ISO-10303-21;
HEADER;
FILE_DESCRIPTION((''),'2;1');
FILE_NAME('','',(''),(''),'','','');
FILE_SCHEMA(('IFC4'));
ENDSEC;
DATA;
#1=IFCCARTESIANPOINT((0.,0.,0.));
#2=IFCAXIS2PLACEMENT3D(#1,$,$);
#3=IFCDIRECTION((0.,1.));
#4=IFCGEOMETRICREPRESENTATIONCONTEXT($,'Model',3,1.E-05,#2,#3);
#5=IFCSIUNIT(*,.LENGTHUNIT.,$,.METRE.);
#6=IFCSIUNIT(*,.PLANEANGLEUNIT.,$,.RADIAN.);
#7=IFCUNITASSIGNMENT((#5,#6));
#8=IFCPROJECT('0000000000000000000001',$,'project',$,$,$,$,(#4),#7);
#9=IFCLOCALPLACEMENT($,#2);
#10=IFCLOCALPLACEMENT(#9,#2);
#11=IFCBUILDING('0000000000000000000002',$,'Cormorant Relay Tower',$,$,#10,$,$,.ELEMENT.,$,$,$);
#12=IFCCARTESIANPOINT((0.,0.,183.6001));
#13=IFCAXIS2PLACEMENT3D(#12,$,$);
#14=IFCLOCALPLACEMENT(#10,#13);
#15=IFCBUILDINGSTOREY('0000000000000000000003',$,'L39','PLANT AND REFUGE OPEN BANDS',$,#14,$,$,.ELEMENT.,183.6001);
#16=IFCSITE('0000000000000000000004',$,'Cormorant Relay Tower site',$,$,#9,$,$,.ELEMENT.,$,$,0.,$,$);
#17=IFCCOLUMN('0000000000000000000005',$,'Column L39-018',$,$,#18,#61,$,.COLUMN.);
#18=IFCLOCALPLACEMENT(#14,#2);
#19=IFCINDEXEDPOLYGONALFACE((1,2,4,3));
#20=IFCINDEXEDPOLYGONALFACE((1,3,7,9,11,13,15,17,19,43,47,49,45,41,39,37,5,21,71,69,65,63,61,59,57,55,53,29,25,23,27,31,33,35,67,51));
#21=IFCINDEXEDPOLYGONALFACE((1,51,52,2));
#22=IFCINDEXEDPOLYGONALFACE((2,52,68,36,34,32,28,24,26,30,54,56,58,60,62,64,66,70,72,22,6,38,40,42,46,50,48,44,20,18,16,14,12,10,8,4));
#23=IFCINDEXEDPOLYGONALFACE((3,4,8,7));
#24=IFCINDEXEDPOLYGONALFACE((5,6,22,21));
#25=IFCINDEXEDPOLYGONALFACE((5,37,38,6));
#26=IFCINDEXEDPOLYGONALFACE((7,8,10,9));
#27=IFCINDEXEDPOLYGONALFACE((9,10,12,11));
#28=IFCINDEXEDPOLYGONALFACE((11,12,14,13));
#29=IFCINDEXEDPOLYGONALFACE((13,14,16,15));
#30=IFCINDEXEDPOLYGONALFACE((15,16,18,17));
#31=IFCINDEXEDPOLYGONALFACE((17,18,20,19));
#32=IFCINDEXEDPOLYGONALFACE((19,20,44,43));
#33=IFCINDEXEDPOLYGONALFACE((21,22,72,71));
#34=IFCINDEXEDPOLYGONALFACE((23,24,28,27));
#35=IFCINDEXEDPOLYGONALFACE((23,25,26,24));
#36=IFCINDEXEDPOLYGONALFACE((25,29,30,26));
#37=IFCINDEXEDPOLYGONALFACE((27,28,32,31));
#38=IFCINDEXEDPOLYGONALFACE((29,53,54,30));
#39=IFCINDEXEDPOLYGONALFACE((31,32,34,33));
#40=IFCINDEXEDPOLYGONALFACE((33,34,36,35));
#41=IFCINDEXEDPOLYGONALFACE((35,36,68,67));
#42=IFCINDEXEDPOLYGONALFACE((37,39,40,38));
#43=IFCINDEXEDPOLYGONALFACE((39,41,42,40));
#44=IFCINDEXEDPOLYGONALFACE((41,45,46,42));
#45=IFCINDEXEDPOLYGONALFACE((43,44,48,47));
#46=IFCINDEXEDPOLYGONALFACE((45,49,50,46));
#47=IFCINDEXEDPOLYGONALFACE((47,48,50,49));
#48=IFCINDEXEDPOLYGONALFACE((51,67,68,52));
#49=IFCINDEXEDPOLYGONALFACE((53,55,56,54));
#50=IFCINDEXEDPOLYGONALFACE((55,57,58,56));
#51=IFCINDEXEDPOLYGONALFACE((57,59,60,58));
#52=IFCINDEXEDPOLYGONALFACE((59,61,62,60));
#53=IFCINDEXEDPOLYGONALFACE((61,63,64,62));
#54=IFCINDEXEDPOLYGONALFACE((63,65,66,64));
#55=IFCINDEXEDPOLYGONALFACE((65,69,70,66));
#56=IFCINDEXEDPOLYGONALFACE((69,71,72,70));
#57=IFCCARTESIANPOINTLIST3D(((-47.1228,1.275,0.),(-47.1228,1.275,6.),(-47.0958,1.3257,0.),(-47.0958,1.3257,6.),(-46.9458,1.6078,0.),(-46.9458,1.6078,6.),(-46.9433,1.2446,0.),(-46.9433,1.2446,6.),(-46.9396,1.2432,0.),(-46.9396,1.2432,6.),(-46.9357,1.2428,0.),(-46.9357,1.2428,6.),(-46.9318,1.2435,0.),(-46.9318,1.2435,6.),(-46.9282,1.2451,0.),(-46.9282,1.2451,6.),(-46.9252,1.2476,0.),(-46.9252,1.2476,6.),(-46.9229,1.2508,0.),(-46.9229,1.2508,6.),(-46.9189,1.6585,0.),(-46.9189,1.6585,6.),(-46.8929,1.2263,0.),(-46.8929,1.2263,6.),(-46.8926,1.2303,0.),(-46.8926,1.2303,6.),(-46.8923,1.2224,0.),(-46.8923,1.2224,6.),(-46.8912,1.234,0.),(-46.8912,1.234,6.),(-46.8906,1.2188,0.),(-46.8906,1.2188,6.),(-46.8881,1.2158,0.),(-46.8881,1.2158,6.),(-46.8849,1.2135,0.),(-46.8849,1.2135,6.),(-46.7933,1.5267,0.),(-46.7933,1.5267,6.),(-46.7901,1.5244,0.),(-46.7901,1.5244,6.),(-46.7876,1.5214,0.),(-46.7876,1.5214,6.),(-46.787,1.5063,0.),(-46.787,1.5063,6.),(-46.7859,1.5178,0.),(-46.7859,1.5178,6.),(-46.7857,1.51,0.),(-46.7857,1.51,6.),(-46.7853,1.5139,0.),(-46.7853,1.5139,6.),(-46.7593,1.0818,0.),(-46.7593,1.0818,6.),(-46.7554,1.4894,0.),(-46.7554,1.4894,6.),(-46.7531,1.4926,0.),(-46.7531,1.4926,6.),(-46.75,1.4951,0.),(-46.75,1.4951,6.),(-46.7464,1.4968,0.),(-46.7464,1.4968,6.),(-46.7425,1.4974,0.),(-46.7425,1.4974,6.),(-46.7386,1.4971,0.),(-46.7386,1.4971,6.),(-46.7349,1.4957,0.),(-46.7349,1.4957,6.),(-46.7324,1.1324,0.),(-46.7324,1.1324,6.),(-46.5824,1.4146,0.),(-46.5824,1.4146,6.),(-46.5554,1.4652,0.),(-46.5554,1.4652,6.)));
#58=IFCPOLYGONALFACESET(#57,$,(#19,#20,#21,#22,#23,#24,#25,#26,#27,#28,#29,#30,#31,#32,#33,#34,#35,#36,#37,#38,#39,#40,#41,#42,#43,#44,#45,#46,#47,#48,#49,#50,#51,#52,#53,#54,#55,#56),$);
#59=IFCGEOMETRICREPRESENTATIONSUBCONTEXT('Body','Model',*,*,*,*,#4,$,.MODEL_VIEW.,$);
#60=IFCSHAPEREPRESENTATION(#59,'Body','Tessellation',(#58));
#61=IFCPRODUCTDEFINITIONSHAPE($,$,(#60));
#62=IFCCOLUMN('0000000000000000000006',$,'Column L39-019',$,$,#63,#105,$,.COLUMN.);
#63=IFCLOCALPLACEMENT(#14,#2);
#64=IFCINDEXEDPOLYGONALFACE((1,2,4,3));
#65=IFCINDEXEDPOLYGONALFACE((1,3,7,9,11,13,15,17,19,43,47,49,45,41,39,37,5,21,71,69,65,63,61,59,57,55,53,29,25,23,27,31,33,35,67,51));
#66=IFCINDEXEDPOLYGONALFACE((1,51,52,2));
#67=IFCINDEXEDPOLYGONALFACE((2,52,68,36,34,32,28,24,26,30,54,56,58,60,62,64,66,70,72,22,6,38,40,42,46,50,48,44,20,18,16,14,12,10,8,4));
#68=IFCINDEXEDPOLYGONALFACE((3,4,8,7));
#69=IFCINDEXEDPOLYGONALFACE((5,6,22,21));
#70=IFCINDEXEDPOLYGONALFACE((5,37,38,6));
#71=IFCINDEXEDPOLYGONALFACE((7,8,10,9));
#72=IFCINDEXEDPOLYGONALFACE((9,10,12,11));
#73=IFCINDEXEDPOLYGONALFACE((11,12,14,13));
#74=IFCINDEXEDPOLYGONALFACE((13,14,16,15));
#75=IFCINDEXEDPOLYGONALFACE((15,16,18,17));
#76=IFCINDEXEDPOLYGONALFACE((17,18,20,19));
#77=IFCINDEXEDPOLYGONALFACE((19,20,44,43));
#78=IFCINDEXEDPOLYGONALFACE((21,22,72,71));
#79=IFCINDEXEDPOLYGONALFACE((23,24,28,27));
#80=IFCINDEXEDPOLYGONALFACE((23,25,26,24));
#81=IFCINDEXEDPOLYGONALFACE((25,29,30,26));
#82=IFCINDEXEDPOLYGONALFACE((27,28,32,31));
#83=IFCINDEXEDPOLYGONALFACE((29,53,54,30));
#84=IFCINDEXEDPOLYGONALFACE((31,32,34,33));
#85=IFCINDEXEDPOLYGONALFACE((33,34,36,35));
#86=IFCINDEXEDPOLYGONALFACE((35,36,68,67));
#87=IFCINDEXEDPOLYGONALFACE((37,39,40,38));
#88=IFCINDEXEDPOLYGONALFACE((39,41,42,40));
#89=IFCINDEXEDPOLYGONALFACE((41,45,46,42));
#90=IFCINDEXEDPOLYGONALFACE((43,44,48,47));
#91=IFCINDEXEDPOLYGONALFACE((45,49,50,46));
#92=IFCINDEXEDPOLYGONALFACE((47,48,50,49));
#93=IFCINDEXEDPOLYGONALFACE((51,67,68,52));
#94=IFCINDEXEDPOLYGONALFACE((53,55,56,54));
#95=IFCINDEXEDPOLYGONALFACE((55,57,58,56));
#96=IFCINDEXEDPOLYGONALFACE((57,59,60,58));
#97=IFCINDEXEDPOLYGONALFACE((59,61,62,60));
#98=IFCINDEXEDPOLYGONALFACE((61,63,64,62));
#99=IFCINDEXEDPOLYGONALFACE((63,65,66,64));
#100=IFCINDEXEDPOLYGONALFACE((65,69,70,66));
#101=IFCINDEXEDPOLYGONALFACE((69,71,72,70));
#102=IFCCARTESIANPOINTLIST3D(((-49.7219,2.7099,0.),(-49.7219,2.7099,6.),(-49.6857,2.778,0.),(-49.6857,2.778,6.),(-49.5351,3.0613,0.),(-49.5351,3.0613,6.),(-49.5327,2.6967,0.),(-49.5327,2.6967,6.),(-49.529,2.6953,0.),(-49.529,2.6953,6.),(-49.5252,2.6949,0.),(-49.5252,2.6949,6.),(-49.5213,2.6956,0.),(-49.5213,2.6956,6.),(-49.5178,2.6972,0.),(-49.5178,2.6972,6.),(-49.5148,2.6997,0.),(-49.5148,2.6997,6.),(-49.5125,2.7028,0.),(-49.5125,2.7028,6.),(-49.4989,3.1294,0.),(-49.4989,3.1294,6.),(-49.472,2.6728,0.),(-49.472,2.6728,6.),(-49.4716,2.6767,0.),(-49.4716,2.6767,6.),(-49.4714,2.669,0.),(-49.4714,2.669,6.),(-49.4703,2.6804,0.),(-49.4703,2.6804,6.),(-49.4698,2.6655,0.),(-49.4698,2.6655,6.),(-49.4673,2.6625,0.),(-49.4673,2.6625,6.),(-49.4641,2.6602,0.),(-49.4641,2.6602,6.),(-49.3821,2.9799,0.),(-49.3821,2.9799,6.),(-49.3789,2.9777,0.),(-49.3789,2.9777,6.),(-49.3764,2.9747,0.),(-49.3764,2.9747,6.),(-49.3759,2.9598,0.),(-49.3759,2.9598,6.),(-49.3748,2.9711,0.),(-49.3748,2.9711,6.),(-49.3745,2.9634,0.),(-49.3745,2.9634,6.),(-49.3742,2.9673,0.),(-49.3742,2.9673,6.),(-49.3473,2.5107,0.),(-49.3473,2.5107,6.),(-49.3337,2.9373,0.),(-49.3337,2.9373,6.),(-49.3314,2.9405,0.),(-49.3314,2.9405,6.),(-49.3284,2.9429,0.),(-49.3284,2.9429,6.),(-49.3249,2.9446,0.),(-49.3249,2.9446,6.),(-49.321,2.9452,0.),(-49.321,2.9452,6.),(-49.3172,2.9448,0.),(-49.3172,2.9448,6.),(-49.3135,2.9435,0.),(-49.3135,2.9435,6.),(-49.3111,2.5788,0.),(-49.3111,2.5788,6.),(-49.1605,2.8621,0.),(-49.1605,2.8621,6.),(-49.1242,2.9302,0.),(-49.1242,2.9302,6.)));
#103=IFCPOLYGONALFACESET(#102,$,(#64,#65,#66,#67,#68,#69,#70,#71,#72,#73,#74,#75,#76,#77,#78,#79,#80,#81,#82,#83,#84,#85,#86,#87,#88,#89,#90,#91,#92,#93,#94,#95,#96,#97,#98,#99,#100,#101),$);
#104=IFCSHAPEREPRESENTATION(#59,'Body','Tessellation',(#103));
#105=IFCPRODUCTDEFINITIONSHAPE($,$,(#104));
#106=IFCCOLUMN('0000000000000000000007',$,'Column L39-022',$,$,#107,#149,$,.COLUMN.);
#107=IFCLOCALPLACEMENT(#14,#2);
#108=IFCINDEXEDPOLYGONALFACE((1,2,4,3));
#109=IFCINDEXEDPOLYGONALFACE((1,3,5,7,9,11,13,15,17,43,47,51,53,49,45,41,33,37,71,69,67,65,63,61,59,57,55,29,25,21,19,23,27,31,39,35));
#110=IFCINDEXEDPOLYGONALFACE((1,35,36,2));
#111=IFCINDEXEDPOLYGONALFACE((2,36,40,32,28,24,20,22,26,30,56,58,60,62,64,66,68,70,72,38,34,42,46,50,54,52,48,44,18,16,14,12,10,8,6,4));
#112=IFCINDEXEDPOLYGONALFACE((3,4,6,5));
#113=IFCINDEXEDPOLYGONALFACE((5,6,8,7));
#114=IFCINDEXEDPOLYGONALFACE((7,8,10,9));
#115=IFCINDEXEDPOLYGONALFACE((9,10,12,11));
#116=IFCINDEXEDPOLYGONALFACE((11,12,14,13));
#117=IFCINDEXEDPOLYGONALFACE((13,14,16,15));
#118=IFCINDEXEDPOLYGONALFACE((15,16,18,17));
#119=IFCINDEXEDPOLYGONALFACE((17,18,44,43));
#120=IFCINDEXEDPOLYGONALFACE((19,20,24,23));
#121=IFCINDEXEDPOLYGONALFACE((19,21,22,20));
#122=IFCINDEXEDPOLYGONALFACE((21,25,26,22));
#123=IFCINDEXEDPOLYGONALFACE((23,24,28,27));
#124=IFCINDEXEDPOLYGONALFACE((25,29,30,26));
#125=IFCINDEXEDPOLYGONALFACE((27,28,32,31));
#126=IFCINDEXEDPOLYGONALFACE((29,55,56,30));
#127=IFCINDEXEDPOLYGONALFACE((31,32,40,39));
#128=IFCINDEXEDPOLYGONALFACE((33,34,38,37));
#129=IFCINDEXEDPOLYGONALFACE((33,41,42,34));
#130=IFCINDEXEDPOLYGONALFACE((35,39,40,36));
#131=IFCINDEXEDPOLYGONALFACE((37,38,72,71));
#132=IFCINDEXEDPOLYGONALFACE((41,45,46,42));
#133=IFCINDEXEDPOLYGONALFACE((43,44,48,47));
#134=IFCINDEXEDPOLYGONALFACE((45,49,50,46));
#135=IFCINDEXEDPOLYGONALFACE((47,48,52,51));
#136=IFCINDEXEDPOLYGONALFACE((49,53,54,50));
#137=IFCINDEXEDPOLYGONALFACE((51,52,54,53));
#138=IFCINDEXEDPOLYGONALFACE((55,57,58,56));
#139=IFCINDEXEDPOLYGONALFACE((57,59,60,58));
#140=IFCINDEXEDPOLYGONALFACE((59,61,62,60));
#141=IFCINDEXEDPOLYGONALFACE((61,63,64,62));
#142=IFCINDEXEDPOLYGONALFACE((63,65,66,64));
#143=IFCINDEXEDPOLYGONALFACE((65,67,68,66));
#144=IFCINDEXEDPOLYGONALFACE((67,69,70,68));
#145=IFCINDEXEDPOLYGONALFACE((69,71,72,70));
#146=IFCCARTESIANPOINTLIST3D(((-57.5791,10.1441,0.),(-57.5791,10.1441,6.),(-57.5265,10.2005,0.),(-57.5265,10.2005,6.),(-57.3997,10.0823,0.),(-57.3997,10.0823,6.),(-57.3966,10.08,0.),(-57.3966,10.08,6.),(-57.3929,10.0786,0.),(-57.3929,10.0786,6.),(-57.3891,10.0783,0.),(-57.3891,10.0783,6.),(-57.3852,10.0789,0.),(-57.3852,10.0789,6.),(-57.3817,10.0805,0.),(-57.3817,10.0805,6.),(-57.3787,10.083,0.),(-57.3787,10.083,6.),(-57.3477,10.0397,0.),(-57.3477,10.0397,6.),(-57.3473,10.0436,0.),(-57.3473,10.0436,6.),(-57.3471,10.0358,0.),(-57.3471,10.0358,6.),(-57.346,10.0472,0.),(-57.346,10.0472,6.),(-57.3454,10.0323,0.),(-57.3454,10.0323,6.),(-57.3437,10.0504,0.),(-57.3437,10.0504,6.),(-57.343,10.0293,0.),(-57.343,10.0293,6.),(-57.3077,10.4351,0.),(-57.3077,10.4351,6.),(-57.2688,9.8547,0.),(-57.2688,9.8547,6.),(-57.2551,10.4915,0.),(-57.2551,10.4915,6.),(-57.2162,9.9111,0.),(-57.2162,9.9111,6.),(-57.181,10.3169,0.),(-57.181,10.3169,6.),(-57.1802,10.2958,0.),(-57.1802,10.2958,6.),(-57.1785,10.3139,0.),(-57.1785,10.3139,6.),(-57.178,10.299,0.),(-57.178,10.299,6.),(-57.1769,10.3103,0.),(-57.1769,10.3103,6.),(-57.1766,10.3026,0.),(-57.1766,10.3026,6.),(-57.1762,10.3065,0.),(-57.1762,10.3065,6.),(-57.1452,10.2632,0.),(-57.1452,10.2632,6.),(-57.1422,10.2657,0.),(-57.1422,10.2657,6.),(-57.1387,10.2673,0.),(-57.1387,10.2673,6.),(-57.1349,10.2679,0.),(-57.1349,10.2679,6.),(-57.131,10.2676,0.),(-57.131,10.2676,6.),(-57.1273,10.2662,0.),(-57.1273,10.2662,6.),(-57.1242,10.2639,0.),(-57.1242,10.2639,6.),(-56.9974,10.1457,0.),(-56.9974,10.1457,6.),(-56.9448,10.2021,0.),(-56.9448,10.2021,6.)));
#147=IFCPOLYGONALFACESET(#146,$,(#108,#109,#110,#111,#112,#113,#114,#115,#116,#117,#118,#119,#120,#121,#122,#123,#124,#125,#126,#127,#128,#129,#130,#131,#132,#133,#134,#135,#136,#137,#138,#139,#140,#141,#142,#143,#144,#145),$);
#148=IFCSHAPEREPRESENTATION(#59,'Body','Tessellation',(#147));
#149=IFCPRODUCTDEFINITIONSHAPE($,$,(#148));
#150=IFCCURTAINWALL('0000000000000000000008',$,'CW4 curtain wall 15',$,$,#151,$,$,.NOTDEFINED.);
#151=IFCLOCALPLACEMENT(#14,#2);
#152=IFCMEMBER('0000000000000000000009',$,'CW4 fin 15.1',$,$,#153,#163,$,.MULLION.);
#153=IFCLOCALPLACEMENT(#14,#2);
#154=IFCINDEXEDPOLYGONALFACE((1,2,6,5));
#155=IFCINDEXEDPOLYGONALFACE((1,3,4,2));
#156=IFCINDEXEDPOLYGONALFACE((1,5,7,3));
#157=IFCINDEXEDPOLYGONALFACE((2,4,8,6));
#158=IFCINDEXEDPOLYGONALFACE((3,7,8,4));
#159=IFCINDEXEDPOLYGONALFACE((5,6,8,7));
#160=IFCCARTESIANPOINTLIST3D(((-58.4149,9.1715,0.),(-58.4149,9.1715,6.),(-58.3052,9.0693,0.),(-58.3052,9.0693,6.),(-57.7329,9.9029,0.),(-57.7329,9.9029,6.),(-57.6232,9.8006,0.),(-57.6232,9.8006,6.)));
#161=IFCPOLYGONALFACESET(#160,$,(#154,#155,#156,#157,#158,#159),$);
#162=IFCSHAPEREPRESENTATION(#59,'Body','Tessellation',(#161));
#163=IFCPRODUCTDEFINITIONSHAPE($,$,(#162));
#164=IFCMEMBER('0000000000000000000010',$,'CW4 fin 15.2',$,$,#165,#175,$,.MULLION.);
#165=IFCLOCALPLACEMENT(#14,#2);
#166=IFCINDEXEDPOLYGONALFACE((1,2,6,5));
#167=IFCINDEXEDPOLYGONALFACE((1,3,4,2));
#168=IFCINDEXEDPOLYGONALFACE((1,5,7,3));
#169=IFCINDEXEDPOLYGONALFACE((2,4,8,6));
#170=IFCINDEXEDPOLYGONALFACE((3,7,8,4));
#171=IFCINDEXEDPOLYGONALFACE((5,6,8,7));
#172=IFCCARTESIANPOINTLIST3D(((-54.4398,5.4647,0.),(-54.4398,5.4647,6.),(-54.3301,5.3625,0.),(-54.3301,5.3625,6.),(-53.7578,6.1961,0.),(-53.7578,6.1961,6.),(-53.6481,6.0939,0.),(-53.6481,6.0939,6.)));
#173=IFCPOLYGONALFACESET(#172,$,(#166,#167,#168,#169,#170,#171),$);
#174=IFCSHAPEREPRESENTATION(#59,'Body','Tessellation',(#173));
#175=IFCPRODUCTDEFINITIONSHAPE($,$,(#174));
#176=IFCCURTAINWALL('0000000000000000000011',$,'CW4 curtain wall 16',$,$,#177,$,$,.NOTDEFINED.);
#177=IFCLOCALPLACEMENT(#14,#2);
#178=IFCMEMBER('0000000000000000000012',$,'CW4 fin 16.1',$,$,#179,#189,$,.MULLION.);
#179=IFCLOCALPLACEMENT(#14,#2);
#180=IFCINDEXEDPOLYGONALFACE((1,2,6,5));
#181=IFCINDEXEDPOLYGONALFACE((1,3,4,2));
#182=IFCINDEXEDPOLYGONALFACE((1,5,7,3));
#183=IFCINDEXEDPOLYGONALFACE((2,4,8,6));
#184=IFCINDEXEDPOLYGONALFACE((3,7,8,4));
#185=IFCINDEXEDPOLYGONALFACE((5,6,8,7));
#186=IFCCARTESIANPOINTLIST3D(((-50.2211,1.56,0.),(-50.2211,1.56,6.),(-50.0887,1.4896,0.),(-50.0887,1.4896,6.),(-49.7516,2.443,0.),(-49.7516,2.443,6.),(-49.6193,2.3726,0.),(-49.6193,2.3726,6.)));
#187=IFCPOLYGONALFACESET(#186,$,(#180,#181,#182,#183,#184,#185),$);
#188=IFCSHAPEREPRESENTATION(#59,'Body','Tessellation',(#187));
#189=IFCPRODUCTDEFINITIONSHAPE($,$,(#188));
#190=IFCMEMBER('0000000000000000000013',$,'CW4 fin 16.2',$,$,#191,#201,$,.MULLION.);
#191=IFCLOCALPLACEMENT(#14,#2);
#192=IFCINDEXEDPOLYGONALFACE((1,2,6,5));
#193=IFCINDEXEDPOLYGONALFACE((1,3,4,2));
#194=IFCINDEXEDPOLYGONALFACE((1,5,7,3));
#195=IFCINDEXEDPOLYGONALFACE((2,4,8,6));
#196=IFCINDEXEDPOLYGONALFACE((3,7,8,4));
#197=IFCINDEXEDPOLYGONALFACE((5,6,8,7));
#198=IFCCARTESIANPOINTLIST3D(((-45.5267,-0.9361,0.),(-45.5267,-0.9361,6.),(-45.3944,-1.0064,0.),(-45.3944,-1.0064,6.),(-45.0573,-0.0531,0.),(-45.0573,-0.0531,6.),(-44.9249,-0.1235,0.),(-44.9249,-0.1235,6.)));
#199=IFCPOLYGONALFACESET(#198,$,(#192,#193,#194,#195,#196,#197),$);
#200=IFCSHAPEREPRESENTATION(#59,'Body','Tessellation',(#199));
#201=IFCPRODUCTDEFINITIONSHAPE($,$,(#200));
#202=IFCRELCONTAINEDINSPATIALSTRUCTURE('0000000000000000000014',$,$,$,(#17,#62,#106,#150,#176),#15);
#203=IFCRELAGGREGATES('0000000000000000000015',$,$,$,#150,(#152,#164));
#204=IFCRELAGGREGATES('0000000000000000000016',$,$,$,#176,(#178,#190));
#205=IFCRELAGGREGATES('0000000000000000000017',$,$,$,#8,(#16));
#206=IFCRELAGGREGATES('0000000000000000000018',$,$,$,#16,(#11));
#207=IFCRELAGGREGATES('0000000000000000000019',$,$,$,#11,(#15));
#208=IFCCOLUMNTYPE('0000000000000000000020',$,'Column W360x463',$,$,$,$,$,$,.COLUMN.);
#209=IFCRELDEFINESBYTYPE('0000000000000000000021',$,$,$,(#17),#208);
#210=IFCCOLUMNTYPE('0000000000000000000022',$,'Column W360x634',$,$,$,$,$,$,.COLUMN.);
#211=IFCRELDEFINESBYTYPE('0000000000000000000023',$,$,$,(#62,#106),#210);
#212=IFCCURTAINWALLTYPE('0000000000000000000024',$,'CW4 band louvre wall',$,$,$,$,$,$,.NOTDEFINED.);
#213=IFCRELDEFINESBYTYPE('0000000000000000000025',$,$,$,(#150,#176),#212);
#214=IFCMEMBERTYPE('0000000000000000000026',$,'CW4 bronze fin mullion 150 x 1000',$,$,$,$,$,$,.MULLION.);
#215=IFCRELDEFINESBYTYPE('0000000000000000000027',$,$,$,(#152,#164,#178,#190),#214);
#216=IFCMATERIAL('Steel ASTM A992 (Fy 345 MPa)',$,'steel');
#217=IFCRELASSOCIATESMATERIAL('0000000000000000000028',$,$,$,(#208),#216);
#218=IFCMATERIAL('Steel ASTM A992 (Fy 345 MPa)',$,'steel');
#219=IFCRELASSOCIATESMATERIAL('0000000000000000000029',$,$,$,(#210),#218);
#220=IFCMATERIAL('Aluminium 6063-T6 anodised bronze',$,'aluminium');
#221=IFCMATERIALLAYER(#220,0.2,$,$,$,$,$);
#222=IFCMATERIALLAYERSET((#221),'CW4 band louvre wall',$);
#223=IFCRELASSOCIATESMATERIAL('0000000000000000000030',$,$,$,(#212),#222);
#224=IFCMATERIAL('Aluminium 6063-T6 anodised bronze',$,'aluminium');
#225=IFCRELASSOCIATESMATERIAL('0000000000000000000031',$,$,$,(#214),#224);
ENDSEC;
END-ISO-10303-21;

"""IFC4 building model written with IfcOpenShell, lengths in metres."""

from ifc_helpers import new_model, si_unit, direction, frame, origin, origin_2d, place, context, subcontext, project, spatial, rectangle, i_section, extrude, material, layer, layer_set, material_profile, profile_set, type_object, element, aggregate, save


model = new_model("IFC4")

# Units and contexts
model_context = context("Model", 3, precision=1e-05, world=origin(), true_north=direction((0.0, 1.0)))
body_context = subcontext(model_context, "Body", "Model", "MODEL_VIEW")
ifc_project = project(units=[si_unit("LENGTHUNIT", "METRE"), si_unit("PLANEANGLEUNIT", "RADIAN")], contexts=[model_context])

# Site, building, storey
site_placement = place(None, origin())
site = spatial("IfcSite", under=ifc_project, at=site_placement, Name="Cormorant Relay Tower site", CompositionType="ELEMENT", RefElevation=0.0)
building_placement = place(site_placement, origin())
building = spatial("IfcBuilding", under=site, at=building_placement, Name="Cormorant Relay Tower", CompositionType="ELEMENT")
storey_placement = place(building_placement, frame((0.0, 0.0, 183.6001)))
storey = spatial("IfcBuildingStorey", under=building, at=storey_placement, Name="L39", Description="PLANT AND REFUGE OPEN BANDS", CompositionType="ELEMENT", Elevation=183.6001)

# Columns
ifc_material_1 = material(Name="Steel ASTM A992 (Fy 345 MPa)", Category="steel")
ifc_material_profile_1 = material_profile(ifc_material_1, i_section(OverallWidth=0.4116, OverallDepth=0.4343, WebThickness=0.0359, FlangeThickness=0.0574, FilletRadius=0.0151, at=origin_2d()), Name="W360x463")
ifc_profile_set_1 = profile_set([ifc_material_profile_1], Name="Steel ASTM A992 (Fy 345 MPa)")
column_type_1 = type_object("IfcColumnType", Name="Column W360x463", PredefinedType="COLUMN", material=ifc_profile_set_1)
column_placement = place(storey_placement, frame((-46.8391, 1.3701, 0.0), z_axis=(0.0, 0.0, 1.0), x_axis=(0.882948, -0.469472, 0.0)))
element("IfcColumn", 1, at=column_placement, inside=storey, type_object=column_type_1, Name="Column L39-018", PredefinedType="COLUMN", context=body_context, shape_type="SweptSolid", body=[
    extrude(i_section(OverallWidth=0.4116, OverallDepth=0.4343, WebThickness=0.0359, FlangeThickness=0.0574, FilletRadius=0.0151, at=origin_2d()), origin(), (0.0, 0.0, 1.0), 6.0),
])
ifc_material_2 = material(Name="Steel ASTM A992 (Fy 345 MPa)", Category="steel")
ifc_material_profile_2 = material_profile(ifc_material_2, i_section(OverallWidth=0.4243, OverallDepth=0.4751, WebThickness=0.0479, FlangeThickness=0.0771, FilletRadius=0.0149, at=origin_2d()), Name="W360x634")
ifc_profile_set_2 = profile_set([ifc_material_profile_2], Name="Steel ASTM A992 (Fy 345 MPa)")
column_type_2 = type_object("IfcColumnType", Name="Column W360x634", PredefinedType="COLUMN", material=ifc_profile_set_2)
for number, where, z_axis, x_axis, name in (
    (2, (-49.4231, 2.8201, 0.0), (0.0, 0.0, 1.0), (0.882948, -0.469472, 0.0), "Column L39-019"),
    (3, (-57.262, 10.1731, 0.0), (0.0, 0.0, 1.0), (0.731354, -0.681998, 0.0), "Column L39-022"),
):
    element("IfcColumn", number, at=place(storey_placement, frame(where, z_axis=z_axis, x_axis=x_axis)), inside=storey, type_object=column_type_2, Name=name, PredefinedType="COLUMN", context=body_context, shape_type="SweptSolid", body=[
        extrude(i_section(OverallWidth=0.4243, OverallDepth=0.4751, WebThickness=0.0479, FlangeThickness=0.0771, FilletRadius=0.0149, at=origin_2d()), origin(), (0.0, 0.0, 1.0), 6.0),
    ])

# Curtain walls, members
ifc_material_3 = material(Name="Aluminium 6063-T6 anodised bronze", Category="aluminium")
ifc_layer_1 = layer(ifc_material_3, 0.2)
ifc_layer_set_1 = layer_set([ifc_layer_1], Name="CW4 band louvre wall")
curtain_wall_type = type_object("IfcCurtainWallType", Name="CW4 band louvre wall", PredefinedType="NOTDEFINED", material=ifc_layer_set_1)
curtain_wall_1_placement = place(storey_placement, origin())
curtain_wall_1 = element("IfcCurtainWall", 4, at=curtain_wall_1_placement, inside=storey, type_object=curtain_wall_type, Name="CW4 curtain wall 15", PredefinedType="NOTDEFINED")
ifc_material_4 = material(Name="Aluminium 6063-T6 anodised bronze", Category="aluminium")
ifc_material_profile_3 = material_profile(ifc_material_4, rectangle(XDim=0.1499, YDim=1.0, at=origin_2d()), Name="AL 150x1000")
ifc_profile_set_3 = profile_set([ifc_material_profile_3], Name="Aluminium 6063-T6 anodised bronze")
member_type_1 = type_object("IfcMemberType", Name="CW4 bronze fin mullion 150 x 1000", PredefinedType="MULLION", material=ifc_profile_set_3)
member_1_placement = place(storey_placement, frame((-58.019, 9.4861, 0.0), z_axis=(0.0, 0.0, 1.0), x_axis=(0.731354, -0.681998, 0.0)))
member_1 = element("IfcMember", 5, at=member_1_placement, type_object=member_type_1, Name="CW4 fin 15.1", PredefinedType="MULLION", context=body_context, shape_type="SweptSolid", body=[
    extrude(rectangle(XDim=0.1499, YDim=1.0, at=origin_2d()), origin(), (0.0, 0.0, 1.0), 6.0),
])
member_2_placement = place(storey_placement, frame((-54.0439, 5.7793, 0.0), z_axis=(0.0, 0.0, 1.0), x_axis=(0.731354, -0.681998, 0.0)))
member_2 = element("IfcMember", 6, at=member_2_placement, type_object=member_type_1, Name="CW4 fin 15.2", PredefinedType="MULLION", context=body_context, shape_type="SweptSolid", body=[
    extrude(rectangle(XDim=0.1499, YDim=1.0, at=origin_2d()), origin(), (0.0, 0.0, 1.0), 6.0),
])
curtain_wall_2_placement = place(storey_placement, origin())
curtain_wall_2 = element("IfcCurtainWall", 7, at=curtain_wall_2_placement, inside=storey, type_object=curtain_wall_type, Name="CW4 curtain wall 16", PredefinedType="NOTDEFINED")
member_3_placement = place(storey_placement, frame((-49.9202, 1.9663, 0.0), z_axis=(0.0, 0.0, 1.0), x_axis=(0.882948, -0.469472, 0.0)))
member_3 = element("IfcMember", 8, at=member_3_placement, type_object=member_type_1, Name="CW4 fin 16.1", PredefinedType="MULLION", context=body_context, shape_type="SweptSolid", body=[
    extrude(rectangle(XDim=0.1499, YDim=1.0, at=origin_2d()), origin(), (0.0, 0.0, 1.0), 6.0),
])
member_4_placement = place(storey_placement, frame((-45.2258, -0.5298, 0.0), z_axis=(0.0, 0.0, 1.0), x_axis=(0.882948, -0.469472, 0.0)))
member_4 = element("IfcMember", 9, at=member_4_placement, type_object=member_type_1, Name="CW4 fin 16.2", PredefinedType="MULLION", context=body_context, shape_type="SweptSolid", body=[
    extrude(rectangle(XDim=0.1499, YDim=1.0, at=origin_2d()), origin(), (0.0, 0.0, 1.0), 6.0),
])

aggregate(curtain_wall_1, [member_1, member_2])
aggregate(curtain_wall_2, [member_3, member_4])

save(model, "model.ifc")
